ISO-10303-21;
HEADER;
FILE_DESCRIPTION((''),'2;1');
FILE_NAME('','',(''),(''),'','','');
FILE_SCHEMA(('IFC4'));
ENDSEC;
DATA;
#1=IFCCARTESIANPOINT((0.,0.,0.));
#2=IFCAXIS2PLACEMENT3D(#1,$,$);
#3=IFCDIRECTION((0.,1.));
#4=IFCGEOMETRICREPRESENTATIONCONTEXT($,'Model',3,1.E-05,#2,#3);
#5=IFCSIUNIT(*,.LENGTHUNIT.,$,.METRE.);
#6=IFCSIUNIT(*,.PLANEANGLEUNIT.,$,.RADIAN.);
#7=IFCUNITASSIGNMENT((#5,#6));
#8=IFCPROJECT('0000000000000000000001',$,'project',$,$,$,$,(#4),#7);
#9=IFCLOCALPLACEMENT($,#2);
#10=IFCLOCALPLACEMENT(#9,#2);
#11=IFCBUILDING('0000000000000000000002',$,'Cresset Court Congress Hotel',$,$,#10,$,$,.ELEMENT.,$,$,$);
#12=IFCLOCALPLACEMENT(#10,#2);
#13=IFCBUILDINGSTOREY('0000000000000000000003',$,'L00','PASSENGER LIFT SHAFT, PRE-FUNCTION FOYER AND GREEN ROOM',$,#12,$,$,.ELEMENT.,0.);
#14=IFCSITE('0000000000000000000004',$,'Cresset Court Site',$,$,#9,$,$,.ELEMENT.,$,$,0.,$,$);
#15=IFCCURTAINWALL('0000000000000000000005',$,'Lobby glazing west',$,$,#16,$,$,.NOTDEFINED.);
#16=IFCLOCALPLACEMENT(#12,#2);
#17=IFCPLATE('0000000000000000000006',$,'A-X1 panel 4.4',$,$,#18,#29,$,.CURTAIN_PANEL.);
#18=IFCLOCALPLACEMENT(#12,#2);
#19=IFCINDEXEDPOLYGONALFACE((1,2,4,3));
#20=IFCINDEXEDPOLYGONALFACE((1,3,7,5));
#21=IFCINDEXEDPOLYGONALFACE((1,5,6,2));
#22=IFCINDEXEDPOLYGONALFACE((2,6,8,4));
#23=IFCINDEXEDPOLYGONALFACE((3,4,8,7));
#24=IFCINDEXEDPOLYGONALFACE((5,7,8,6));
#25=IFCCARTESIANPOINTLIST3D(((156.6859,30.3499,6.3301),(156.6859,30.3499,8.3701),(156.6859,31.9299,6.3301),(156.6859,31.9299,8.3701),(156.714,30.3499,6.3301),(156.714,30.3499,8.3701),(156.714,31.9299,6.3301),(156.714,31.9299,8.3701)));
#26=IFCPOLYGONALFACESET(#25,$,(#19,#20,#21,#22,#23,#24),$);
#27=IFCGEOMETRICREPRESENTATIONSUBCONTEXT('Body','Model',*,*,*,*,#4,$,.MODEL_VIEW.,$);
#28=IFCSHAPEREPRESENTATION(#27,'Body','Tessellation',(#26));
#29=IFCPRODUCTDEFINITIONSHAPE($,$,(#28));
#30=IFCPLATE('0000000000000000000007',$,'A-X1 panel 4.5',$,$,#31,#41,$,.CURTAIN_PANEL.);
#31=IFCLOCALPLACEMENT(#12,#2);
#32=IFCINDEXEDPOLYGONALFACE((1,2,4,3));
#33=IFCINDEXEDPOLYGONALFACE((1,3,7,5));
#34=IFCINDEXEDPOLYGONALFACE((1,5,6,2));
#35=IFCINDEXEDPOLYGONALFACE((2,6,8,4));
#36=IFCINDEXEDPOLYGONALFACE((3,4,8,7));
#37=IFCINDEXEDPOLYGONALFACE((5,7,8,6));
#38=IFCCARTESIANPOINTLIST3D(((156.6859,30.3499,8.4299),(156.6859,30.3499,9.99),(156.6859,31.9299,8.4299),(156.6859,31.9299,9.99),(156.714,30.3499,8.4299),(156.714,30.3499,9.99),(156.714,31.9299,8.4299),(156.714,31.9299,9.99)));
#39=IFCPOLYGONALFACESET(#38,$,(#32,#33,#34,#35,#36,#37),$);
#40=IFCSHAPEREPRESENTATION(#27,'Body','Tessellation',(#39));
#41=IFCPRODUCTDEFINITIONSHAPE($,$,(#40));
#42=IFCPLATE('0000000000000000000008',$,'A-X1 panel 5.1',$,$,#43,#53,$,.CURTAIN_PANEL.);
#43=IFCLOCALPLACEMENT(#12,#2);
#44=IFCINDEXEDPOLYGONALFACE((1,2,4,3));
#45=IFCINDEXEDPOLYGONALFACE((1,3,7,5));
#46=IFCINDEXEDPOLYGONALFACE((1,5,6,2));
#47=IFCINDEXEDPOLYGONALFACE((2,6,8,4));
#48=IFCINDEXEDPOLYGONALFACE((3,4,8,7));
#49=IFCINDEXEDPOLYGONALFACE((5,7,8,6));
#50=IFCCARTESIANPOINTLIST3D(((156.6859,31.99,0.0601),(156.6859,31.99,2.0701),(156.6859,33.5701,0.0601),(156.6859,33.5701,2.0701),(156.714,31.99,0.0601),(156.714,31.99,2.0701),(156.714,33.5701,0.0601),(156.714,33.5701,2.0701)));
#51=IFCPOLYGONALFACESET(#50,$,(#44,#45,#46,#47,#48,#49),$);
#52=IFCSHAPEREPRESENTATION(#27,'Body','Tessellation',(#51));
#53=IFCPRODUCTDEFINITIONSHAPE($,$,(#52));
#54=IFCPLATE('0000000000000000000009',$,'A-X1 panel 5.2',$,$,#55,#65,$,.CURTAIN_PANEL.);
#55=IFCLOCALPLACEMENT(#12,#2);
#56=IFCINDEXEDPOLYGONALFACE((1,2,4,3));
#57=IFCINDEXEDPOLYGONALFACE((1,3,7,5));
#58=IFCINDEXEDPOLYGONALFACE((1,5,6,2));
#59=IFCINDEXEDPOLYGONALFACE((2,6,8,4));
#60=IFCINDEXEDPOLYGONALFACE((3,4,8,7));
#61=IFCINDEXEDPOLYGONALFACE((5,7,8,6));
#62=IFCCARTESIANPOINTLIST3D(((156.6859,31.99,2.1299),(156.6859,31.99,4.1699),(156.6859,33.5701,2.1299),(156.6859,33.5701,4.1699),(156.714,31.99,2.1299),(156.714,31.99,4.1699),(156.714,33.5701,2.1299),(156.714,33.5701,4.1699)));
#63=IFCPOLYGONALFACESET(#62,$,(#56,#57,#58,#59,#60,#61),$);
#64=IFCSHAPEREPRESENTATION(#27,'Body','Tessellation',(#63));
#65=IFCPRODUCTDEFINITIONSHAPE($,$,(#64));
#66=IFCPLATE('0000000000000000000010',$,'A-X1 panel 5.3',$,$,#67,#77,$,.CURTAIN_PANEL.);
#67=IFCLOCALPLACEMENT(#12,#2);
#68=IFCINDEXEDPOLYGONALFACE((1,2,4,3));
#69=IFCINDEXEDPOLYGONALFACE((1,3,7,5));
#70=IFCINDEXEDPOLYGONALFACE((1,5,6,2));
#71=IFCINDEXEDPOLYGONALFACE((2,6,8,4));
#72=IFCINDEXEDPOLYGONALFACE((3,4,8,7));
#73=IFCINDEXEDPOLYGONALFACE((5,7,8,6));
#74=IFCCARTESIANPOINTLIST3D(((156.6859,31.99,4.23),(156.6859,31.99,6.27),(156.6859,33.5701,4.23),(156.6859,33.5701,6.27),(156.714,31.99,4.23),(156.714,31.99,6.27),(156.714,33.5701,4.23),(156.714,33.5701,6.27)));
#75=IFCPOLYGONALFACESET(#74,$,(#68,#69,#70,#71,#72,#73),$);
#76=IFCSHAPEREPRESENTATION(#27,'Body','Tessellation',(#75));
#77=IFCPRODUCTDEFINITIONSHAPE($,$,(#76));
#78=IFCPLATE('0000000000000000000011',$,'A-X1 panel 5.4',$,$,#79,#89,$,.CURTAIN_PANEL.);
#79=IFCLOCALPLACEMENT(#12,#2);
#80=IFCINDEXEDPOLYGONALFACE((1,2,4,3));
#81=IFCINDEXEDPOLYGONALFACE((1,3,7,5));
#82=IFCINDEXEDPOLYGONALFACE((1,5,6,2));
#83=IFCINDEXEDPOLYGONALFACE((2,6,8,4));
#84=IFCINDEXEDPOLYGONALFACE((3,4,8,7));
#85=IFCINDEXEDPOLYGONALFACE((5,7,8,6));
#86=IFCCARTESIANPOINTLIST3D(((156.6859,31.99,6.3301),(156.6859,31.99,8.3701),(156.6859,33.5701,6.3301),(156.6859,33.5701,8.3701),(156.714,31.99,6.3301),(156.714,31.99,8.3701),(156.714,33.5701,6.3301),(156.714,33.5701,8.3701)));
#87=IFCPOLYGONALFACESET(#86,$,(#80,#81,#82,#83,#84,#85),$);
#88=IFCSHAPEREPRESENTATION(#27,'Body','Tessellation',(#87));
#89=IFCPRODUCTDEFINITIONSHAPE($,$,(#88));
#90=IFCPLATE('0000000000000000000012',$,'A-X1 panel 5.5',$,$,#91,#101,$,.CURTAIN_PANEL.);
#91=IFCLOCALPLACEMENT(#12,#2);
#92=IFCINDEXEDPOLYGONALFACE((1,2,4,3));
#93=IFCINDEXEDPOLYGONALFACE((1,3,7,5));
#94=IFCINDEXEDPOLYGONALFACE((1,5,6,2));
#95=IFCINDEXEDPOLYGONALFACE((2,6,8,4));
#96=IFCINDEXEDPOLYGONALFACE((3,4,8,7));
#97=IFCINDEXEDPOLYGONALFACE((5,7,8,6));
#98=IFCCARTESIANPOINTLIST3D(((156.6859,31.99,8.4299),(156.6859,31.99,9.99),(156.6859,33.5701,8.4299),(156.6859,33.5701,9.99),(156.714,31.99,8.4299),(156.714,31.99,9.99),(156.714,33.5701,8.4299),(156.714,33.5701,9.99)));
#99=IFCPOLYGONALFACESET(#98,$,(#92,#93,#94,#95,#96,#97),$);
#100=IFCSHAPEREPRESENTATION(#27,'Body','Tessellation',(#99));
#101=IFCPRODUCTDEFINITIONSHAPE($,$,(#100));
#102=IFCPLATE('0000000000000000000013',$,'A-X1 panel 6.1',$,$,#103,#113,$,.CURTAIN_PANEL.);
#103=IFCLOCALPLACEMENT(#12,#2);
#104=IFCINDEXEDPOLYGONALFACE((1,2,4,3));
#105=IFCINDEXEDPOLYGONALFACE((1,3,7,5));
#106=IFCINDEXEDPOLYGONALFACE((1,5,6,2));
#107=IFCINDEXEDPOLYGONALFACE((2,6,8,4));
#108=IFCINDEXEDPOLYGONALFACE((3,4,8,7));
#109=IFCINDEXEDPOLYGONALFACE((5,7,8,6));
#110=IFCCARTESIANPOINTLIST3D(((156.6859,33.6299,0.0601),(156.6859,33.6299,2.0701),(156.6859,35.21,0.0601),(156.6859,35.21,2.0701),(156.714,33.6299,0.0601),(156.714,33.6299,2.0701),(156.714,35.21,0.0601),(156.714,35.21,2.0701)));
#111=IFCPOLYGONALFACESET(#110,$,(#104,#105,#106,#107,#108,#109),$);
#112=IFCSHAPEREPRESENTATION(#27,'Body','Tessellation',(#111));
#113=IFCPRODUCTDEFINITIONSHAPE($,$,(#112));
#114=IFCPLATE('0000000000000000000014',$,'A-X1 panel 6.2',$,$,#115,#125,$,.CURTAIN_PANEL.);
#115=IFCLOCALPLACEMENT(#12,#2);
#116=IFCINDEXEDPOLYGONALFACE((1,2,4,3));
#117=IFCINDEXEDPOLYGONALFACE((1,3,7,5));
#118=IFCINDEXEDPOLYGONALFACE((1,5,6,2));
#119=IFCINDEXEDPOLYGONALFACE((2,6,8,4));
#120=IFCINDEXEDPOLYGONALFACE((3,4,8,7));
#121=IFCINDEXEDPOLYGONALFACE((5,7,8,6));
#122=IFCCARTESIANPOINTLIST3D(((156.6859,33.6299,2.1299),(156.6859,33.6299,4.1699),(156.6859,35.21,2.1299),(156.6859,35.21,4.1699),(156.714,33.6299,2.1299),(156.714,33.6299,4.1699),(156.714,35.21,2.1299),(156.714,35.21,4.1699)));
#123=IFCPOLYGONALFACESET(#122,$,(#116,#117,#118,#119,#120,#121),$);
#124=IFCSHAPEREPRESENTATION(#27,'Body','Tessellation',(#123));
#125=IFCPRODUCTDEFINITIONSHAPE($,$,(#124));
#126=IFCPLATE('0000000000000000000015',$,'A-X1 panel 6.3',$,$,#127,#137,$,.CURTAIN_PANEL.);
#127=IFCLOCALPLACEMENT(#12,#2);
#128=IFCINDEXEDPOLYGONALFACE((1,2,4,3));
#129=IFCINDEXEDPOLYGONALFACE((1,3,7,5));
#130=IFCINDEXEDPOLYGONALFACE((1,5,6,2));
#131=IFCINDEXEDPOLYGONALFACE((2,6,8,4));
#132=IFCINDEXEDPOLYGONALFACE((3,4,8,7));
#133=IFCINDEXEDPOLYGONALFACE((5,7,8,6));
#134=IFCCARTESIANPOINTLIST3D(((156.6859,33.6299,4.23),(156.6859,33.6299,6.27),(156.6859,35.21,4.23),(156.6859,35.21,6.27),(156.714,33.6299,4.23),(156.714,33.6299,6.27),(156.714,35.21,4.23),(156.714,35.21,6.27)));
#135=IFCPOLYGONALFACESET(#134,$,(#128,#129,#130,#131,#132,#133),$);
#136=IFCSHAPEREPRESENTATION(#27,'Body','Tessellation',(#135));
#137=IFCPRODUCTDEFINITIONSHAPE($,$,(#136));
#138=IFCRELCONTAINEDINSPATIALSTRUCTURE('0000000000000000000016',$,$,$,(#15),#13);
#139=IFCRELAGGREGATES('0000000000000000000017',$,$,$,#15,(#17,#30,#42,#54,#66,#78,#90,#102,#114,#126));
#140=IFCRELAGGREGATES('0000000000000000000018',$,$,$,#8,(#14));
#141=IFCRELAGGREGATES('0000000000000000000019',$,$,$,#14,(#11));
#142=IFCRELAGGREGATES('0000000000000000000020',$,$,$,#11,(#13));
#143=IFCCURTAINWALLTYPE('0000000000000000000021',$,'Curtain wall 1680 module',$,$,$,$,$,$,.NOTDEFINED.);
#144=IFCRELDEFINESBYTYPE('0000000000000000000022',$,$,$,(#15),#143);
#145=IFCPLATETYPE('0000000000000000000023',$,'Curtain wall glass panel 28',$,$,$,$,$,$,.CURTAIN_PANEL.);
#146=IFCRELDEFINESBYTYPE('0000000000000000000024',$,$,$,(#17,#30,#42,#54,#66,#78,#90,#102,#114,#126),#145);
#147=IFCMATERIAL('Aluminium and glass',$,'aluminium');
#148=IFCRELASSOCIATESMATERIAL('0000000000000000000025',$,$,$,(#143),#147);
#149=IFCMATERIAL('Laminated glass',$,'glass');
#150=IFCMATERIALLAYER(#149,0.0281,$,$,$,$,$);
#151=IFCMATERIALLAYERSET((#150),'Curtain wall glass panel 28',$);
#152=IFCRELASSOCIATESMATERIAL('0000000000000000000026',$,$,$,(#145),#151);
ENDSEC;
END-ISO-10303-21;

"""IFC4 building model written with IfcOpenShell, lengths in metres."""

from ifc_helpers import new_model, si_unit, direction, frame, origin, origin_2d, place, context, subcontext, project, spatial, rectangle, extrude, material, layer, layer_set, type_object, element, aggregate, save


model = new_model("IFC4")

# Units and contexts
model_context = context("Model", 3, precision=1e-05, world=origin(), true_north=direction((0.0, 1.0)))
body_context = subcontext(model_context, "Body", "Model", "MODEL_VIEW")
ifc_project = project(units=[si_unit("LENGTHUNIT", "METRE"), si_unit("PLANEANGLEUNIT", "RADIAN")], contexts=[model_context])

# Site, building, storey
site_placement = place(None, origin())
site = spatial("IfcSite", under=ifc_project, at=site_placement, Name="Cresset Court Site", CompositionType="ELEMENT", RefElevation=0.0)
building_placement = place(site_placement, origin())
building = spatial("IfcBuilding", under=site, at=building_placement, Name="Cresset Court Congress Hotel", CompositionType="ELEMENT")
storey_placement = place(building_placement, origin())
storey = spatial("IfcBuildingStorey", under=building, at=storey_placement, Name="L00", Description="PASSENGER LIFT SHAFT, PRE-FUNCTION FOYER AND GREEN ROOM", CompositionType="ELEMENT", Elevation=0.0)

# Curtain wall, plates
ifc_material_1 = material(Name="Aluminium and glass", Category="aluminium")
curtain_wall_type = type_object("IfcCurtainWallType", Name="Curtain wall 1680 module", PredefinedType="NOTDEFINED", material=ifc_material_1)
curtain_wall_placement = place(storey_placement, origin())
curtain_wall = element("IfcCurtainWall", 1, at=curtain_wall_placement, inside=storey, type_object=curtain_wall_type, Name="Lobby glazing west", PredefinedType="NOTDEFINED")
ifc_material_2 = material(Name="Laminated glass", Category="glass")
ifc_layer = layer(ifc_material_2, 0.0281)
ifc_layer_set = layer_set([ifc_layer], Name="Curtain wall glass panel 28")
plate_type = type_object("IfcPlateType", Name="Curtain wall glass panel 28", PredefinedType="CURTAIN_PANEL", material=ifc_layer_set)
plate_1_placement = place(storey_placement, frame((156.7, 31.1399, 6.3301), z_axis=(0.0, 0.0, 1.0), x_axis=(0.0, 1.0, 0.0)))
plate_1 = element("IfcPlate", 2, at=plate_1_placement, type_object=plate_type, Name="A-X1 panel 4.4", PredefinedType="CURTAIN_PANEL", context=body_context, shape_type="SweptSolid", body=[
    extrude(rectangle(XDim=1.5801, YDim=0.0281, at=origin_2d()), origin(), (0.0, 0.0, 1.0), 2.04),
])
plate_2_placement = place(storey_placement, frame((156.7, 31.1399, 8.4299), z_axis=(0.0, 0.0, 1.0), x_axis=(0.0, 1.0, 0.0)))
plate_2 = element("IfcPlate", 3, at=plate_2_placement, type_object=plate_type, Name="A-X1 panel 4.5", PredefinedType="CURTAIN_PANEL", context=body_context, shape_type="SweptSolid", body=[
    extrude(rectangle(XDim=1.5801, YDim=0.0281, at=origin_2d()), origin(), (0.0, 0.0, 1.0), 1.5601),
])
plate_3_placement = place(storey_placement, frame((156.7, 32.78, 0.0601), z_axis=(0.0, 0.0, 1.0), x_axis=(0.0, 1.0, 0.0)))
plate_3 = element("IfcPlate", 4, at=plate_3_placement, type_object=plate_type, Name="A-X1 panel 5.1", PredefinedType="CURTAIN_PANEL", context=body_context, shape_type="SweptSolid", body=[
    extrude(rectangle(XDim=1.5801, YDim=0.0281, at=origin_2d()), origin(), (0.0, 0.0, 1.0), 2.01),
])
plate_4_placement = place(storey_placement, frame((156.7, 32.78, 2.1299), z_axis=(0.0, 0.0, 1.0), x_axis=(0.0, 1.0, 0.0)))
plate_4 = element("IfcPlate", 5, at=plate_4_placement, type_object=plate_type, Name="A-X1 panel 5.2", PredefinedType="CURTAIN_PANEL", context=body_context, shape_type="SweptSolid", body=[
    extrude(rectangle(XDim=1.5801, YDim=0.0281, at=origin_2d()), origin(), (0.0, 0.0, 1.0), 2.04),
])
plate_5_placement = place(storey_placement, frame((156.7, 32.78, 4.23), z_axis=(0.0, 0.0, 1.0), x_axis=(0.0, 1.0, 0.0)))
plate_5 = element("IfcPlate", 6, at=plate_5_placement, type_object=plate_type, Name="A-X1 panel 5.3", PredefinedType="CURTAIN_PANEL", context=body_context, shape_type="SweptSolid", body=[
    extrude(rectangle(XDim=1.5801, YDim=0.0281, at=origin_2d()), origin(), (0.0, 0.0, 1.0), 2.04),
])
plate_6_placement = place(storey_placement, frame((156.7, 32.78, 6.3301), z_axis=(0.0, 0.0, 1.0), x_axis=(0.0, 1.0, 0.0)))
plate_6 = element("IfcPlate", 7, at=plate_6_placement, type_object=plate_type, Name="A-X1 panel 5.4", PredefinedType="CURTAIN_PANEL", context=body_context, shape_type="SweptSolid", body=[
    extrude(rectangle(XDim=1.5801, YDim=0.0281, at=origin_2d()), origin(), (0.0, 0.0, 1.0), 2.04),
])
plate_7_placement = place(storey_placement, frame((156.7, 32.78, 8.4299), z_axis=(0.0, 0.0, 1.0), x_axis=(0.0, 1.0, 0.0)))
plate_7 = element("IfcPlate", 8, at=plate_7_placement, type_object=plate_type, Name="A-X1 panel 5.5", PredefinedType="CURTAIN_PANEL", context=body_context, shape_type="SweptSolid", body=[
    extrude(rectangle(XDim=1.5801, YDim=0.0281, at=origin_2d()), origin(), (0.0, 0.0, 1.0), 1.5601),
])
plate_8_placement = place(storey_placement, frame((156.7, 34.4199, 0.0601), z_axis=(0.0, 0.0, 1.0), x_axis=(0.0, 1.0, 0.0)))
plate_8 = element("IfcPlate", 9, at=plate_8_placement, type_object=plate_type, Name="A-X1 panel 6.1", PredefinedType="CURTAIN_PANEL", context=body_context, shape_type="SweptSolid", body=[
    extrude(rectangle(XDim=1.5801, YDim=0.0281, at=origin_2d()), origin(), (0.0, 0.0, 1.0), 2.01),
])
plate_9_placement = place(storey_placement, frame((156.7, 34.4199, 2.1299), z_axis=(0.0, 0.0, 1.0), x_axis=(0.0, 1.0, 0.0)))
plate_9 = element("IfcPlate", 10, at=plate_9_placement, type_object=plate_type, Name="A-X1 panel 6.2", PredefinedType="CURTAIN_PANEL", context=body_context, shape_type="SweptSolid", body=[
    extrude(rectangle(XDim=1.5801, YDim=0.0281, at=origin_2d()), origin(), (0.0, 0.0, 1.0), 2.04),
])
plate_10_placement = place(storey_placement, frame((156.7, 34.4199, 4.23), z_axis=(0.0, 0.0, 1.0), x_axis=(0.0, 1.0, 0.0)))
plate_10 = element("IfcPlate", 11, at=plate_10_placement, type_object=plate_type, Name="A-X1 panel 6.3", PredefinedType="CURTAIN_PANEL", context=body_context, shape_type="SweptSolid", body=[
    extrude(rectangle(XDim=1.5801, YDim=0.0281, at=origin_2d()), origin(), (0.0, 0.0, 1.0), 2.04),
])
aggregate(curtain_wall, [plate_1, plate_2, plate_3, plate_4, plate_5, plate_6, plate_7, plate_8, plate_9, plate_10])

save(model, "model.ifc")
